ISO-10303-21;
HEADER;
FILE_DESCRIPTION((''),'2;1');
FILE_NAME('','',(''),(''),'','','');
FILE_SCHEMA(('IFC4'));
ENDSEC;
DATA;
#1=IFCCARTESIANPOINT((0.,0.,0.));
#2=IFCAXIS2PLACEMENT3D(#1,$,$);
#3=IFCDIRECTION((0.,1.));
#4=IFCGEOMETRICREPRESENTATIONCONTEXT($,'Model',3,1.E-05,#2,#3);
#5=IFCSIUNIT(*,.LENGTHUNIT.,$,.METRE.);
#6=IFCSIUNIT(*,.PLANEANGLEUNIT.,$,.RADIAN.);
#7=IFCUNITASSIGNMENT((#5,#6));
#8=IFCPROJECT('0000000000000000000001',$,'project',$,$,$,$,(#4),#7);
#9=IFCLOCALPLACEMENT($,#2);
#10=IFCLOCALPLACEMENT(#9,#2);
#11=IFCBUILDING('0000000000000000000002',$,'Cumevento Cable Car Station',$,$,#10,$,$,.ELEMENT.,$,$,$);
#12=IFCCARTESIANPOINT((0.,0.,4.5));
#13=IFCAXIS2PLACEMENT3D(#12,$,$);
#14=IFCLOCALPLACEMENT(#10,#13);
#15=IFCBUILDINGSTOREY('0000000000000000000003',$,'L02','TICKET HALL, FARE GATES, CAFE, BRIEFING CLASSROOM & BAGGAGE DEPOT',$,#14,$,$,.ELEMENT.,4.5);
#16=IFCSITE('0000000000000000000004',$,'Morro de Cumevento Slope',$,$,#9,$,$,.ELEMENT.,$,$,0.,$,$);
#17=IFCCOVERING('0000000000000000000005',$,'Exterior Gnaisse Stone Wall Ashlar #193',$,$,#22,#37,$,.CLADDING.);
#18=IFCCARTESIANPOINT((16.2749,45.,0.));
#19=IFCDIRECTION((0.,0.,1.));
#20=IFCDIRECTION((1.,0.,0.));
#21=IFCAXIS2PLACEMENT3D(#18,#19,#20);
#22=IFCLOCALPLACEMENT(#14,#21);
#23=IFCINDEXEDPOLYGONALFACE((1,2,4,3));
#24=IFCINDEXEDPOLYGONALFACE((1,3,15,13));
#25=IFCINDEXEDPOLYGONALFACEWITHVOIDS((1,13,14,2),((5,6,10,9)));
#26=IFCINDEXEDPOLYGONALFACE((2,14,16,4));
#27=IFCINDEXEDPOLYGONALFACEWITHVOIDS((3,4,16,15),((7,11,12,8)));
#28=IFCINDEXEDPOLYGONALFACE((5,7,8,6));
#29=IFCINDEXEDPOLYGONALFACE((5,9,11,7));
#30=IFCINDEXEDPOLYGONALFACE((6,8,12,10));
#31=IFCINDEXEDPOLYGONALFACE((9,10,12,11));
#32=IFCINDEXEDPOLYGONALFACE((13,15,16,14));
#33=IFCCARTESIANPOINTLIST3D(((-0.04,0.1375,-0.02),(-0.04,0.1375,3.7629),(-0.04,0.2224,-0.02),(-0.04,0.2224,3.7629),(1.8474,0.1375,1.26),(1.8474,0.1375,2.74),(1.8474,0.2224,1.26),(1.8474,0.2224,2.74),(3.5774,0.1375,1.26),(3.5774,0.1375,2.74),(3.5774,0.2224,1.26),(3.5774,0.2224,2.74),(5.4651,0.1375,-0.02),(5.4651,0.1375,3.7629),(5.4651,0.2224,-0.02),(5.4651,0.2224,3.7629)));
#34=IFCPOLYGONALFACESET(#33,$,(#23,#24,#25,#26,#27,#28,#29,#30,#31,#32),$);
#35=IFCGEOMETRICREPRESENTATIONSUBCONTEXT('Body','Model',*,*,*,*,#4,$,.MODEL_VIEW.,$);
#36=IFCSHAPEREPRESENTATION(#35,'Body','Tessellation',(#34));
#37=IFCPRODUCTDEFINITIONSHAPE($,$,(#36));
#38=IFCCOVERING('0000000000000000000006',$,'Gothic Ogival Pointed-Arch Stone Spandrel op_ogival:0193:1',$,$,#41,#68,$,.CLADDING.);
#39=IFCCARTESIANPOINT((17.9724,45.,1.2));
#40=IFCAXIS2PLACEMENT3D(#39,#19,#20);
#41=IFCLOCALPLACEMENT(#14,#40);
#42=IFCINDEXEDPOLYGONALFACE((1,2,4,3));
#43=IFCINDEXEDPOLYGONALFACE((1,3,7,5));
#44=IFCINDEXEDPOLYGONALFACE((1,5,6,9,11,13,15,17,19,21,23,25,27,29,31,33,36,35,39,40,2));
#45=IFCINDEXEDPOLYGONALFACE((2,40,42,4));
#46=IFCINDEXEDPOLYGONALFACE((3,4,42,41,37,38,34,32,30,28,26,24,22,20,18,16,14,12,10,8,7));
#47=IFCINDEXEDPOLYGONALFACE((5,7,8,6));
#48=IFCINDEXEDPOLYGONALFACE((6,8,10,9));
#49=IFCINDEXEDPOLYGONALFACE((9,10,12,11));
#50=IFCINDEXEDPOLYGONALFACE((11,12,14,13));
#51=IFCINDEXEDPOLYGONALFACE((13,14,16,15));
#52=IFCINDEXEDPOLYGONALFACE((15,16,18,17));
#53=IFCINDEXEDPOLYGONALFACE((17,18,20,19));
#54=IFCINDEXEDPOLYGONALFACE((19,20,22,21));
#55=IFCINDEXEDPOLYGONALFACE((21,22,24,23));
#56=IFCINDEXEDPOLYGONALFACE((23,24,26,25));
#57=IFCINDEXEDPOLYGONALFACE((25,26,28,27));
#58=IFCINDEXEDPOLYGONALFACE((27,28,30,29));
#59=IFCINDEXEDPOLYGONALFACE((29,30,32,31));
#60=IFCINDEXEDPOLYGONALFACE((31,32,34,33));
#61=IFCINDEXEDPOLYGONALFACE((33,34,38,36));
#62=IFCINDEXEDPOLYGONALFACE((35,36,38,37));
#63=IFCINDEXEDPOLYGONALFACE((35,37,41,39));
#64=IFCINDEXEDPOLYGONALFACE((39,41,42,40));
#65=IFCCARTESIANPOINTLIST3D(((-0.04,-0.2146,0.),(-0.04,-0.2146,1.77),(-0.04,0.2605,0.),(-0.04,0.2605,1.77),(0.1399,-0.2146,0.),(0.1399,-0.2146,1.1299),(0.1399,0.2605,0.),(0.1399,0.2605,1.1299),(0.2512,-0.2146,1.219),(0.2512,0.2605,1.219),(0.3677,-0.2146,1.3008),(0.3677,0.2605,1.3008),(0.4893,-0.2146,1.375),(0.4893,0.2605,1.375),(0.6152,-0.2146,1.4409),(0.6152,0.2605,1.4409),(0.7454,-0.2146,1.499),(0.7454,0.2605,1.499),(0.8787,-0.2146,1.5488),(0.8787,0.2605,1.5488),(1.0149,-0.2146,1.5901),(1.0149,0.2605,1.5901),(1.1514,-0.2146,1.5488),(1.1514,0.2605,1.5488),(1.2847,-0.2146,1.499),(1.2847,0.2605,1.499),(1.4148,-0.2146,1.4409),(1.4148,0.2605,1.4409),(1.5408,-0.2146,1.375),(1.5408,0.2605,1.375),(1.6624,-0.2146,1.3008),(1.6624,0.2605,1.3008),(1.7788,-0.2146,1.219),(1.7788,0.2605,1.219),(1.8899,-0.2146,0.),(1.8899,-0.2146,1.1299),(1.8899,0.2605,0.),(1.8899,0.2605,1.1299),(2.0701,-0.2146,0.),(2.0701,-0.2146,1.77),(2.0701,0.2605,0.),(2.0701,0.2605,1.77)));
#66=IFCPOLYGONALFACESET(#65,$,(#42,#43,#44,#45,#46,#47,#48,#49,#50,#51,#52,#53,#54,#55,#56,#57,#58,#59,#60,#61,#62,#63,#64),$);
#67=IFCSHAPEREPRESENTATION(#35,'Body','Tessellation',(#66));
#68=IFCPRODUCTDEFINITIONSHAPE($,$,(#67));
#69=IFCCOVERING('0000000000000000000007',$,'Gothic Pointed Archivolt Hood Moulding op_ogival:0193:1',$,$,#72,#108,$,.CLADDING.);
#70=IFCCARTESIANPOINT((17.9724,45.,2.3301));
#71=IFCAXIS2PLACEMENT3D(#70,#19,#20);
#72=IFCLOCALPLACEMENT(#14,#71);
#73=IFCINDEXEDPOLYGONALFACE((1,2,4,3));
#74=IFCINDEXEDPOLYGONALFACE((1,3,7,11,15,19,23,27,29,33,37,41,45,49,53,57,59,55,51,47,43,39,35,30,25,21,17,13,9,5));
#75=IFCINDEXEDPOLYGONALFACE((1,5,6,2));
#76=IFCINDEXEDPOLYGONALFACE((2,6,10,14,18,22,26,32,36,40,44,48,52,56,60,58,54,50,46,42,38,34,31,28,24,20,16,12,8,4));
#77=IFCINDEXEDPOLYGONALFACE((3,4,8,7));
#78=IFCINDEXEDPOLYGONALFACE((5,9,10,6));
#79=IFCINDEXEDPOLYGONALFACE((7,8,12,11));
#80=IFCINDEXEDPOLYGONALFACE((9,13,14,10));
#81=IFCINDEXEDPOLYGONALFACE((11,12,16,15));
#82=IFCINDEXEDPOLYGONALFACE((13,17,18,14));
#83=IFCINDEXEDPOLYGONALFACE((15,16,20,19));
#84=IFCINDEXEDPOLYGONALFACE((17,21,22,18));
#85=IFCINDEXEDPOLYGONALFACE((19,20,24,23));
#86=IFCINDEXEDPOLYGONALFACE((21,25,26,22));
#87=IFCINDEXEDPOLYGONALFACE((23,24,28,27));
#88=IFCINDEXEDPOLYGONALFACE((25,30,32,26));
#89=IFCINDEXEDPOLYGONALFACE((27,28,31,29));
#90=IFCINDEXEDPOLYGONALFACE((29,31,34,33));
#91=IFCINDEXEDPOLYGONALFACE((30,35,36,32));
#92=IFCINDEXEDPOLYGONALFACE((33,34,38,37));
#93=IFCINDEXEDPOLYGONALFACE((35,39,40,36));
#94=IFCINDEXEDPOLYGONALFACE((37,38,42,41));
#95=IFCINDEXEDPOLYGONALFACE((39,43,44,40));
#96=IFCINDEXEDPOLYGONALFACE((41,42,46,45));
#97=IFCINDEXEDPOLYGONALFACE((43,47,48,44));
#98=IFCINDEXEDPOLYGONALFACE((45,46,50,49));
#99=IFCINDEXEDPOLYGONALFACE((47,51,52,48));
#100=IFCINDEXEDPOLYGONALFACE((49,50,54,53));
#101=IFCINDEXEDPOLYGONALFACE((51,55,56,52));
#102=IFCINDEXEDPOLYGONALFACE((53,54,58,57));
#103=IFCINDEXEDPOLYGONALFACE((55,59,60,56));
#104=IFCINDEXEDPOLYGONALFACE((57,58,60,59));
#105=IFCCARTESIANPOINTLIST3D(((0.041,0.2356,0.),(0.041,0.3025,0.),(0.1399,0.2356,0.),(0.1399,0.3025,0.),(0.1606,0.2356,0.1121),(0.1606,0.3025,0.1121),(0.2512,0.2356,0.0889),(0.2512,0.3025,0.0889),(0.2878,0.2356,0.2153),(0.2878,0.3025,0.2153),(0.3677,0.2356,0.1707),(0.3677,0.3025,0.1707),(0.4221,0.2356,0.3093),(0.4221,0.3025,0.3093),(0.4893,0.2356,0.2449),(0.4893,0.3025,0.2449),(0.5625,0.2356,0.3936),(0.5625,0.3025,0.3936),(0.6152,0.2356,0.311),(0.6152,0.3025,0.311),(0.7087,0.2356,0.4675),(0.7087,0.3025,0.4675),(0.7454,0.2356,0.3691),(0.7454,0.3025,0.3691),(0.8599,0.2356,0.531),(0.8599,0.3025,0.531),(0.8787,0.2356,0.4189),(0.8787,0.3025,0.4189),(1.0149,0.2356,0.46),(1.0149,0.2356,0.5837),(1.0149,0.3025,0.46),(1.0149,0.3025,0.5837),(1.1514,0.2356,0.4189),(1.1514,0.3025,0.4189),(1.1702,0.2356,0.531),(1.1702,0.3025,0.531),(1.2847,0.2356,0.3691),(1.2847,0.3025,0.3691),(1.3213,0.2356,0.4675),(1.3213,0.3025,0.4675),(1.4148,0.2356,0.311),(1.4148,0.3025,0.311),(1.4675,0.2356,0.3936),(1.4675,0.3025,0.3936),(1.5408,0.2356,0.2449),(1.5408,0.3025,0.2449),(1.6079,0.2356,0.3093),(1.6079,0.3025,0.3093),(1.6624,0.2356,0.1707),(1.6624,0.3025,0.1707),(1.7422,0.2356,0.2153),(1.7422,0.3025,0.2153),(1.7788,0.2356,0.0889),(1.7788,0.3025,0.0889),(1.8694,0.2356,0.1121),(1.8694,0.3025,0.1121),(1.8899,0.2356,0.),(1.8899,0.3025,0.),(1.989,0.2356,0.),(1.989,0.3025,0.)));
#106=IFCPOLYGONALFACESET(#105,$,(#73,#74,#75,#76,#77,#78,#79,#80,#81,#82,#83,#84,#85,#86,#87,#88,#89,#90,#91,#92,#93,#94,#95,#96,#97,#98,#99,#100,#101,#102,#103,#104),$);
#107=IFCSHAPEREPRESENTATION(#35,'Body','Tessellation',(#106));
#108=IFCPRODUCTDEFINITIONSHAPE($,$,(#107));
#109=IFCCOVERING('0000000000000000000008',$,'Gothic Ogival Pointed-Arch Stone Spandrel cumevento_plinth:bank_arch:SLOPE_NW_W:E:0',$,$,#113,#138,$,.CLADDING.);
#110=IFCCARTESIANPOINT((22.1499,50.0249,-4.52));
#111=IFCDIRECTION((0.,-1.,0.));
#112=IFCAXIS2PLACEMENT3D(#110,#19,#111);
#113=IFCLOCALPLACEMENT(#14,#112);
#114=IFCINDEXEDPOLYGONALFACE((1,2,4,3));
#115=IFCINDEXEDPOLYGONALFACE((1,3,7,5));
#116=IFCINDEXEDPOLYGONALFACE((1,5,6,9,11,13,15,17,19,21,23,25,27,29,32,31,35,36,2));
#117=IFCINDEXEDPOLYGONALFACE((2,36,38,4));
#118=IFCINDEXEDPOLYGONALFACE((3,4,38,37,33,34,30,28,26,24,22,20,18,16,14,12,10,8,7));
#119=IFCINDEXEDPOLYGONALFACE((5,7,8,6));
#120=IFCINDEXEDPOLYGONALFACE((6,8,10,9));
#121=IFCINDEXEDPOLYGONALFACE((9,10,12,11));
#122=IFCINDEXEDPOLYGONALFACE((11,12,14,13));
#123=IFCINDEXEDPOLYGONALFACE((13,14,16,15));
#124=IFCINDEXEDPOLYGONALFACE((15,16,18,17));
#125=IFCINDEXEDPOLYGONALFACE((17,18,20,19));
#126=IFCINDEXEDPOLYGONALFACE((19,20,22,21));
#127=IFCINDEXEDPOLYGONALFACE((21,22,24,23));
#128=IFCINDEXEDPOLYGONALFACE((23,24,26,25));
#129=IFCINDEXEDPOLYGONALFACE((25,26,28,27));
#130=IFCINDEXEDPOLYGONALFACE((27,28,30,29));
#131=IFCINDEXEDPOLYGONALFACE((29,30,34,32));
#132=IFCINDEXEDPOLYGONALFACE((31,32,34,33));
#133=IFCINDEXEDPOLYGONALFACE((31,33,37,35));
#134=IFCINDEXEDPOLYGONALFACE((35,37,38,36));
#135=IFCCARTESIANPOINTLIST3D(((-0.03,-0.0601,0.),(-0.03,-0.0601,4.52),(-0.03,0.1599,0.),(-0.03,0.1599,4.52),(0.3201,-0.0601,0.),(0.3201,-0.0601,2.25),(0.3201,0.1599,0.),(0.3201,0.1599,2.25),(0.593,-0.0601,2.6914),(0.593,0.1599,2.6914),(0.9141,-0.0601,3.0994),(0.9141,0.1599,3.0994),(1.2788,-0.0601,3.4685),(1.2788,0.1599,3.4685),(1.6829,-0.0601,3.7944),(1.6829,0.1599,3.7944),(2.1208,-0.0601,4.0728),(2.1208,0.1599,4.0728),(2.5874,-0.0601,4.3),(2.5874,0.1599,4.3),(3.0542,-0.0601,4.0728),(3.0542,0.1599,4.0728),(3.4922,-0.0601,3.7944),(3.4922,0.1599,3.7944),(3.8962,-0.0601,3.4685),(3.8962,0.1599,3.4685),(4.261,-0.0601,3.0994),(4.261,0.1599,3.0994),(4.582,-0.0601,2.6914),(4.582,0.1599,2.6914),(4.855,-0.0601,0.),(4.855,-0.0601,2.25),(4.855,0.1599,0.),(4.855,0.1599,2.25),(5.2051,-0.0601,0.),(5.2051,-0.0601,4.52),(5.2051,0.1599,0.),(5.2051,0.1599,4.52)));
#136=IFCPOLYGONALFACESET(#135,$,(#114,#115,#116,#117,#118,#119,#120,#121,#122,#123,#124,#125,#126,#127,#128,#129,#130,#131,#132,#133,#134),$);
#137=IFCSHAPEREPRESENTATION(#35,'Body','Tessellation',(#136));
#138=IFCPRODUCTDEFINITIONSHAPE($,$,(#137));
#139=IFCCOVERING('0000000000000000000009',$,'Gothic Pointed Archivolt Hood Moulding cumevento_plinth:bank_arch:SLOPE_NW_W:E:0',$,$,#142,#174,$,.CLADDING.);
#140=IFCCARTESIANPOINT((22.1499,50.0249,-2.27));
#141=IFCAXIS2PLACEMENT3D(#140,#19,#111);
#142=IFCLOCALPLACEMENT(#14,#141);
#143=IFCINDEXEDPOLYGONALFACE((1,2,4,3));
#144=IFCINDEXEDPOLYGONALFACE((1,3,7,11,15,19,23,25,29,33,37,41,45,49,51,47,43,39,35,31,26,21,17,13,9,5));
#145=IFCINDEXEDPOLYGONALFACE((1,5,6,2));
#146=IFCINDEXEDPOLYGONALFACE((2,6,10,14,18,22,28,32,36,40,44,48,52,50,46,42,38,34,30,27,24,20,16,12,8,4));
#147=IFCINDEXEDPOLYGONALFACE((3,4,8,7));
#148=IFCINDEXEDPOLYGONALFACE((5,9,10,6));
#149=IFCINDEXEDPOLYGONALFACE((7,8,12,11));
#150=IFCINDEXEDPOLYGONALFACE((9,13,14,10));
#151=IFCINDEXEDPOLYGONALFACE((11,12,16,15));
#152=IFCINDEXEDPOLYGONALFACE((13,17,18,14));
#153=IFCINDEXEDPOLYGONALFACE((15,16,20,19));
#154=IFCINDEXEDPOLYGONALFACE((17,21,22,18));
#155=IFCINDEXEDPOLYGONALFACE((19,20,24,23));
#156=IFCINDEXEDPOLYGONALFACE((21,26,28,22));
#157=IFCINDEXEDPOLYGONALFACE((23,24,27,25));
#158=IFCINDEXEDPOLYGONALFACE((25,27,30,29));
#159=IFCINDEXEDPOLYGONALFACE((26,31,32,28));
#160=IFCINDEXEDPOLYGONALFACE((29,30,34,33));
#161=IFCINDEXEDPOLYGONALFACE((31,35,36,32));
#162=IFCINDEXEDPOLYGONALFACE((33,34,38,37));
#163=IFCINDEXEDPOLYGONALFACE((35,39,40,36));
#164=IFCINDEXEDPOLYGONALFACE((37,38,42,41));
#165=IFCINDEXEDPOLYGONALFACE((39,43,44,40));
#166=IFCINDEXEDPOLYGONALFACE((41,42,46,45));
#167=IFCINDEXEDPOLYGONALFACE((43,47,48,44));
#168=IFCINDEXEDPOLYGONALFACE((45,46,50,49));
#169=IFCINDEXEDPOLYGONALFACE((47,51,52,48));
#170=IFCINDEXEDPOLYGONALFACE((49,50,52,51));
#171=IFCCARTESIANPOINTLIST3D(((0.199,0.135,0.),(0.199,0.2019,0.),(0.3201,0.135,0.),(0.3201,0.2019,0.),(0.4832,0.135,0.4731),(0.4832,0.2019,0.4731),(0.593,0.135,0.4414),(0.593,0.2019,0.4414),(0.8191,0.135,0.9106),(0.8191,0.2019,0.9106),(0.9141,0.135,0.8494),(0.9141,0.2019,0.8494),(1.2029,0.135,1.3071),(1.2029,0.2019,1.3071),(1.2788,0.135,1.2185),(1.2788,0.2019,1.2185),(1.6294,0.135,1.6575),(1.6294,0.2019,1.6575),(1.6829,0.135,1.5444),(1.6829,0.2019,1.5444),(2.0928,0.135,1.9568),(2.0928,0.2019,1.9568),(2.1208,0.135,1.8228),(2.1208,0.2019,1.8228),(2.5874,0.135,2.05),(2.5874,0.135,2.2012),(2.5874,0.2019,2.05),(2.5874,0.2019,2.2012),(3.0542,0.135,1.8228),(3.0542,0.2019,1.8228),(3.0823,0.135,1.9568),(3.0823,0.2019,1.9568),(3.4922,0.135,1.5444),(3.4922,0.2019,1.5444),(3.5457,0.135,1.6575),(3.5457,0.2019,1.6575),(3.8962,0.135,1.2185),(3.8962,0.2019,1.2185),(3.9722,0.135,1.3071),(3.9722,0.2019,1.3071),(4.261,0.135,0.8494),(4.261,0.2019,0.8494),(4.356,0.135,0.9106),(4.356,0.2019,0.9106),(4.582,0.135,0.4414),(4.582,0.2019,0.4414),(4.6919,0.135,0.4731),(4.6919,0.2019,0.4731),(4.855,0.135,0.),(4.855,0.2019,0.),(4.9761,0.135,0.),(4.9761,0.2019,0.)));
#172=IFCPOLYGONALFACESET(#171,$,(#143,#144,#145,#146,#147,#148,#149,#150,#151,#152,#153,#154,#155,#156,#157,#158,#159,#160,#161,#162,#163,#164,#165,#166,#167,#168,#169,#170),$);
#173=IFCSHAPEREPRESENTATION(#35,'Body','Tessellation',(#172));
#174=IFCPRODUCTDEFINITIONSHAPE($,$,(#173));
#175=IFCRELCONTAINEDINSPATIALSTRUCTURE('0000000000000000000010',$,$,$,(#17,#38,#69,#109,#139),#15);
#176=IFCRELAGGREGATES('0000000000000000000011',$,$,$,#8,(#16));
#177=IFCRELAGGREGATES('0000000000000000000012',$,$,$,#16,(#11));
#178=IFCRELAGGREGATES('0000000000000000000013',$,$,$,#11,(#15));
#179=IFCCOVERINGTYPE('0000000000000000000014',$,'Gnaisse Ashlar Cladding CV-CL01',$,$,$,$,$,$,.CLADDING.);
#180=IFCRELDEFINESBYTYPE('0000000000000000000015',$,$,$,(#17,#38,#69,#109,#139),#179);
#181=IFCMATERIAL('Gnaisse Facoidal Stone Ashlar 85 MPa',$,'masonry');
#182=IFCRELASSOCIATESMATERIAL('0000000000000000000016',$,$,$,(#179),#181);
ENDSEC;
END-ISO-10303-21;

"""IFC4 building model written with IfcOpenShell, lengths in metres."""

from ifc_helpers import new_model, si_unit, direction, frame, origin, place, context, subcontext, project, spatial, polyline, outline, extrude, material, type_object, element, save


model = new_model("IFC4")

# Units and contexts
model_context = context("Model", 3, precision=1e-05, world=origin(), true_north=direction((0.0, 1.0)))
body_context = subcontext(model_context, "Body", "Model", "MODEL_VIEW")
ifc_project = project(units=[si_unit("LENGTHUNIT", "METRE"), si_unit("PLANEANGLEUNIT", "RADIAN")], contexts=[model_context])

# Site, building, storey
site_placement = place(None, origin())
site = spatial("IfcSite", under=ifc_project, at=site_placement, Name="Morro de Cumevento Slope", CompositionType="ELEMENT", RefElevation=0.0)
building_placement = place(site_placement, origin())
building = spatial("IfcBuilding", under=site, at=building_placement, Name="Cumevento Cable Car Station", CompositionType="ELEMENT")
storey_placement = place(building_placement, frame((0.0, 0.0, 4.5)))
storey = spatial("IfcBuildingStorey", under=building, at=storey_placement, Name="L02", Description="TICKET HALL, FARE GATES, CAFE, BRIEFING CLASSROOM & BAGGAGE DEPOT", CompositionType="ELEMENT", Elevation=4.5)

# Coverings
ifc_material_1 = material(Name="Gnaisse Facoidal Stone Ashlar 85 MPa", Category="masonry")
covering_type = type_object("IfcCoveringType", Name="Gnaisse Ashlar Cladding CV-CL01", PredefinedType="CLADDING", material=ifc_material_1)
covering_1_placement = place(storey_placement, frame((16.2749, 45.0, 0.0), z_axis=(0.0, 0.0, 1.0), x_axis=(1.0, 0.0, 0.0)))
element("IfcCovering", 1, at=covering_1_placement, inside=storey, type_object=covering_type, Name="Exterior Gnaisse Stone Wall Ashlar #193", PredefinedType="CLADDING", context=body_context, shape_type="SweptSolid", body=[
    extrude(outline(polyline([(-0.04, -0.02), (5.4651, -0.02), (5.4651, 3.7629), (-0.04, 3.7629), (-0.04, -0.02)]), holes=[polyline([(1.8474, 1.26), (3.5774, 1.26), (3.5774, 2.74), (1.8474, 2.74), (1.8474, 1.26)])]), frame((0.0, 0.2224, 0.0), z_axis=(0.0, -1.0, 0.0), x_axis=(1.0, 0.0, 0.0)), (0.0, 0.0, 1.0), 0.085),
])
covering_2_placement = place(storey_placement, frame((17.9724, 45.0, 1.2), z_axis=(0.0, 0.0, 1.0), x_axis=(1.0, 0.0, 0.0)))
element("IfcCovering", 2, at=covering_2_placement, inside=storey, type_object=covering_type, Name="Gothic Ogival Pointed-Arch Stone Spandrel op_ogival:0193:1", PredefinedType="CLADDING", context=body_context, shape_type="SweptSolid", body=[
    extrude(outline(polyline([(-0.04, 0.0), (-0.04, 1.77), (2.0701, 1.77), (2.0701, 0.0), (1.8899, 0.0), (1.8899, 1.1299), (1.7788, 1.219), (1.6624, 1.3008), (1.5408, 1.375), (1.4148, 1.4409), (1.2847, 1.499), (1.1514, 1.5488), (1.0149, 1.5901), (0.8787, 1.5488), (0.7454, 1.499), (0.6152, 1.4409), (0.4893, 1.375), (0.3677, 1.3008), (0.2512, 1.219), (0.1399, 1.1299), (0.1399, 0.0), (-0.04, 0.0)])), frame((0.0, 0.2605, 0.0), z_axis=(0.0, -1.0, 0.0), x_axis=(1.0, 0.0, 0.0)), (0.0, 0.0, 1.0), 0.4751),
])
covering_3_placement = place(storey_placement, frame((17.9724, 45.0, 2.3301), z_axis=(0.0, 0.0, 1.0), x_axis=(1.0, 0.0, 0.0)))
element("IfcCovering", 3, at=covering_3_placement, inside=storey, type_object=covering_type, Name="Gothic Pointed Archivolt Hood Moulding op_ogival:0193:1", PredefinedType="CLADDING", context=body_context, shape_type="SweptSolid", body=[
    extrude(outline(polyline([(0.1399, 0.0), (0.2512, 0.0889), (0.3677, 0.1707), (0.4893, 0.2449), (0.6152, 0.311), (0.7454, 0.3691), (0.8787, 0.4189), (1.0149, 0.46), (1.1514, 0.4189), (1.2847, 0.3691), (1.4148, 0.311), (1.5408, 0.2449), (1.6624, 0.1707), (1.7788, 0.0889), (1.8899, 0.0), (1.989, 0.0), (1.8694, 0.1121), (1.7422, 0.2153), (1.6079, 0.3093), (1.4675, 0.3936), (1.3213, 0.4675), (1.1702, 0.531), (1.0149, 0.5837), (0.8599, 0.531), (0.7087, 0.4675), (0.5625, 0.3936), (0.4221, 0.3093), (0.2878, 0.2153), (0.1606, 0.1121), (0.041, 0.0), (0.1399, 0.0)])), frame((0.0, 0.3025, 0.0), z_axis=(0.0, -1.0, 0.0), x_axis=(1.0, 0.0, 0.0)), (0.0, 0.0, 1.0), 0.0669),
])
covering_4_placement = place(storey_placement, frame((22.1499, 50.0249, -4.52), z_axis=(0.0, 0.0, 1.0), x_axis=(0.0, -1.0, 0.0)))
element("IfcCovering", 4, at=covering_4_placement, inside=storey, type_object=covering_type, Name="Gothic Ogival Pointed-Arch Stone Spandrel cumevento_plinth:bank_arch:SLOPE_NW_W:E:0", PredefinedType="CLADDING", context=body_context, shape_type="SweptSolid", body=[
    extrude(outline(polyline([(-0.03, 0.0), (-0.03, 4.52), (5.2051, 4.52), (5.2051, 0.0), (4.855, 0.0), (4.855, 2.25), (4.582, 2.6914), (4.261, 3.0994), (3.8962, 3.4685), (3.4922, 3.7944), (3.0542, 4.0728), (2.5874, 4.3), (2.1208, 4.0728), (1.6829, 3.7944), (1.2788, 3.4685), (0.9141, 3.0994), (0.593, 2.6914), (0.3201, 2.25), (0.3201, 0.0), (-0.03, 0.0)])), frame((0.0, 0.1599, 0.0), z_axis=(0.0, -1.0, 0.0), x_axis=(1.0, 0.0, 0.0)), (0.0, 0.0, 1.0), 0.22),
])
covering_5_placement = place(storey_placement, frame((22.1499, 50.0249, -2.27), z_axis=(0.0, 0.0, 1.0), x_axis=(0.0, -1.0, 0.0)))
element("IfcCovering", 5, at=covering_5_placement, inside=storey, type_object=covering_type, Name="Gothic Pointed Archivolt Hood Moulding cumevento_plinth:bank_arch:SLOPE_NW_W:E:0", PredefinedType="CLADDING", context=body_context, shape_type="SweptSolid", body=[
    extrude(outline(polyline([(0.3201, 0.0), (0.593, 0.4414), (0.9141, 0.8494), (1.2788, 1.2185), (1.6829, 1.5444), (2.1208, 1.8228), (2.5874, 2.05), (3.0542, 1.8228), (3.4922, 1.5444), (3.8962, 1.2185), (4.261, 0.8494), (4.582, 0.4414), (4.855, 0.0), (4.9761, 0.0), (4.6919, 0.4731), (4.356, 0.9106), (3.9722, 1.3071), (3.5457, 1.6575), (3.0823, 1.9568), (2.5874, 2.2012), (2.0928, 1.9568), (1.6294, 1.6575), (1.2029, 1.3071), (0.8191, 0.9106), (0.4832, 0.4731), (0.199, 0.0), (0.3201, 0.0)])), frame((0.0, 0.2019, 0.0), z_axis=(0.0, -1.0, 0.0), x_axis=(1.0, 0.0, 0.0)), (0.0, 0.0, 1.0), 0.0669),
])

save(model, "model.ifc")
